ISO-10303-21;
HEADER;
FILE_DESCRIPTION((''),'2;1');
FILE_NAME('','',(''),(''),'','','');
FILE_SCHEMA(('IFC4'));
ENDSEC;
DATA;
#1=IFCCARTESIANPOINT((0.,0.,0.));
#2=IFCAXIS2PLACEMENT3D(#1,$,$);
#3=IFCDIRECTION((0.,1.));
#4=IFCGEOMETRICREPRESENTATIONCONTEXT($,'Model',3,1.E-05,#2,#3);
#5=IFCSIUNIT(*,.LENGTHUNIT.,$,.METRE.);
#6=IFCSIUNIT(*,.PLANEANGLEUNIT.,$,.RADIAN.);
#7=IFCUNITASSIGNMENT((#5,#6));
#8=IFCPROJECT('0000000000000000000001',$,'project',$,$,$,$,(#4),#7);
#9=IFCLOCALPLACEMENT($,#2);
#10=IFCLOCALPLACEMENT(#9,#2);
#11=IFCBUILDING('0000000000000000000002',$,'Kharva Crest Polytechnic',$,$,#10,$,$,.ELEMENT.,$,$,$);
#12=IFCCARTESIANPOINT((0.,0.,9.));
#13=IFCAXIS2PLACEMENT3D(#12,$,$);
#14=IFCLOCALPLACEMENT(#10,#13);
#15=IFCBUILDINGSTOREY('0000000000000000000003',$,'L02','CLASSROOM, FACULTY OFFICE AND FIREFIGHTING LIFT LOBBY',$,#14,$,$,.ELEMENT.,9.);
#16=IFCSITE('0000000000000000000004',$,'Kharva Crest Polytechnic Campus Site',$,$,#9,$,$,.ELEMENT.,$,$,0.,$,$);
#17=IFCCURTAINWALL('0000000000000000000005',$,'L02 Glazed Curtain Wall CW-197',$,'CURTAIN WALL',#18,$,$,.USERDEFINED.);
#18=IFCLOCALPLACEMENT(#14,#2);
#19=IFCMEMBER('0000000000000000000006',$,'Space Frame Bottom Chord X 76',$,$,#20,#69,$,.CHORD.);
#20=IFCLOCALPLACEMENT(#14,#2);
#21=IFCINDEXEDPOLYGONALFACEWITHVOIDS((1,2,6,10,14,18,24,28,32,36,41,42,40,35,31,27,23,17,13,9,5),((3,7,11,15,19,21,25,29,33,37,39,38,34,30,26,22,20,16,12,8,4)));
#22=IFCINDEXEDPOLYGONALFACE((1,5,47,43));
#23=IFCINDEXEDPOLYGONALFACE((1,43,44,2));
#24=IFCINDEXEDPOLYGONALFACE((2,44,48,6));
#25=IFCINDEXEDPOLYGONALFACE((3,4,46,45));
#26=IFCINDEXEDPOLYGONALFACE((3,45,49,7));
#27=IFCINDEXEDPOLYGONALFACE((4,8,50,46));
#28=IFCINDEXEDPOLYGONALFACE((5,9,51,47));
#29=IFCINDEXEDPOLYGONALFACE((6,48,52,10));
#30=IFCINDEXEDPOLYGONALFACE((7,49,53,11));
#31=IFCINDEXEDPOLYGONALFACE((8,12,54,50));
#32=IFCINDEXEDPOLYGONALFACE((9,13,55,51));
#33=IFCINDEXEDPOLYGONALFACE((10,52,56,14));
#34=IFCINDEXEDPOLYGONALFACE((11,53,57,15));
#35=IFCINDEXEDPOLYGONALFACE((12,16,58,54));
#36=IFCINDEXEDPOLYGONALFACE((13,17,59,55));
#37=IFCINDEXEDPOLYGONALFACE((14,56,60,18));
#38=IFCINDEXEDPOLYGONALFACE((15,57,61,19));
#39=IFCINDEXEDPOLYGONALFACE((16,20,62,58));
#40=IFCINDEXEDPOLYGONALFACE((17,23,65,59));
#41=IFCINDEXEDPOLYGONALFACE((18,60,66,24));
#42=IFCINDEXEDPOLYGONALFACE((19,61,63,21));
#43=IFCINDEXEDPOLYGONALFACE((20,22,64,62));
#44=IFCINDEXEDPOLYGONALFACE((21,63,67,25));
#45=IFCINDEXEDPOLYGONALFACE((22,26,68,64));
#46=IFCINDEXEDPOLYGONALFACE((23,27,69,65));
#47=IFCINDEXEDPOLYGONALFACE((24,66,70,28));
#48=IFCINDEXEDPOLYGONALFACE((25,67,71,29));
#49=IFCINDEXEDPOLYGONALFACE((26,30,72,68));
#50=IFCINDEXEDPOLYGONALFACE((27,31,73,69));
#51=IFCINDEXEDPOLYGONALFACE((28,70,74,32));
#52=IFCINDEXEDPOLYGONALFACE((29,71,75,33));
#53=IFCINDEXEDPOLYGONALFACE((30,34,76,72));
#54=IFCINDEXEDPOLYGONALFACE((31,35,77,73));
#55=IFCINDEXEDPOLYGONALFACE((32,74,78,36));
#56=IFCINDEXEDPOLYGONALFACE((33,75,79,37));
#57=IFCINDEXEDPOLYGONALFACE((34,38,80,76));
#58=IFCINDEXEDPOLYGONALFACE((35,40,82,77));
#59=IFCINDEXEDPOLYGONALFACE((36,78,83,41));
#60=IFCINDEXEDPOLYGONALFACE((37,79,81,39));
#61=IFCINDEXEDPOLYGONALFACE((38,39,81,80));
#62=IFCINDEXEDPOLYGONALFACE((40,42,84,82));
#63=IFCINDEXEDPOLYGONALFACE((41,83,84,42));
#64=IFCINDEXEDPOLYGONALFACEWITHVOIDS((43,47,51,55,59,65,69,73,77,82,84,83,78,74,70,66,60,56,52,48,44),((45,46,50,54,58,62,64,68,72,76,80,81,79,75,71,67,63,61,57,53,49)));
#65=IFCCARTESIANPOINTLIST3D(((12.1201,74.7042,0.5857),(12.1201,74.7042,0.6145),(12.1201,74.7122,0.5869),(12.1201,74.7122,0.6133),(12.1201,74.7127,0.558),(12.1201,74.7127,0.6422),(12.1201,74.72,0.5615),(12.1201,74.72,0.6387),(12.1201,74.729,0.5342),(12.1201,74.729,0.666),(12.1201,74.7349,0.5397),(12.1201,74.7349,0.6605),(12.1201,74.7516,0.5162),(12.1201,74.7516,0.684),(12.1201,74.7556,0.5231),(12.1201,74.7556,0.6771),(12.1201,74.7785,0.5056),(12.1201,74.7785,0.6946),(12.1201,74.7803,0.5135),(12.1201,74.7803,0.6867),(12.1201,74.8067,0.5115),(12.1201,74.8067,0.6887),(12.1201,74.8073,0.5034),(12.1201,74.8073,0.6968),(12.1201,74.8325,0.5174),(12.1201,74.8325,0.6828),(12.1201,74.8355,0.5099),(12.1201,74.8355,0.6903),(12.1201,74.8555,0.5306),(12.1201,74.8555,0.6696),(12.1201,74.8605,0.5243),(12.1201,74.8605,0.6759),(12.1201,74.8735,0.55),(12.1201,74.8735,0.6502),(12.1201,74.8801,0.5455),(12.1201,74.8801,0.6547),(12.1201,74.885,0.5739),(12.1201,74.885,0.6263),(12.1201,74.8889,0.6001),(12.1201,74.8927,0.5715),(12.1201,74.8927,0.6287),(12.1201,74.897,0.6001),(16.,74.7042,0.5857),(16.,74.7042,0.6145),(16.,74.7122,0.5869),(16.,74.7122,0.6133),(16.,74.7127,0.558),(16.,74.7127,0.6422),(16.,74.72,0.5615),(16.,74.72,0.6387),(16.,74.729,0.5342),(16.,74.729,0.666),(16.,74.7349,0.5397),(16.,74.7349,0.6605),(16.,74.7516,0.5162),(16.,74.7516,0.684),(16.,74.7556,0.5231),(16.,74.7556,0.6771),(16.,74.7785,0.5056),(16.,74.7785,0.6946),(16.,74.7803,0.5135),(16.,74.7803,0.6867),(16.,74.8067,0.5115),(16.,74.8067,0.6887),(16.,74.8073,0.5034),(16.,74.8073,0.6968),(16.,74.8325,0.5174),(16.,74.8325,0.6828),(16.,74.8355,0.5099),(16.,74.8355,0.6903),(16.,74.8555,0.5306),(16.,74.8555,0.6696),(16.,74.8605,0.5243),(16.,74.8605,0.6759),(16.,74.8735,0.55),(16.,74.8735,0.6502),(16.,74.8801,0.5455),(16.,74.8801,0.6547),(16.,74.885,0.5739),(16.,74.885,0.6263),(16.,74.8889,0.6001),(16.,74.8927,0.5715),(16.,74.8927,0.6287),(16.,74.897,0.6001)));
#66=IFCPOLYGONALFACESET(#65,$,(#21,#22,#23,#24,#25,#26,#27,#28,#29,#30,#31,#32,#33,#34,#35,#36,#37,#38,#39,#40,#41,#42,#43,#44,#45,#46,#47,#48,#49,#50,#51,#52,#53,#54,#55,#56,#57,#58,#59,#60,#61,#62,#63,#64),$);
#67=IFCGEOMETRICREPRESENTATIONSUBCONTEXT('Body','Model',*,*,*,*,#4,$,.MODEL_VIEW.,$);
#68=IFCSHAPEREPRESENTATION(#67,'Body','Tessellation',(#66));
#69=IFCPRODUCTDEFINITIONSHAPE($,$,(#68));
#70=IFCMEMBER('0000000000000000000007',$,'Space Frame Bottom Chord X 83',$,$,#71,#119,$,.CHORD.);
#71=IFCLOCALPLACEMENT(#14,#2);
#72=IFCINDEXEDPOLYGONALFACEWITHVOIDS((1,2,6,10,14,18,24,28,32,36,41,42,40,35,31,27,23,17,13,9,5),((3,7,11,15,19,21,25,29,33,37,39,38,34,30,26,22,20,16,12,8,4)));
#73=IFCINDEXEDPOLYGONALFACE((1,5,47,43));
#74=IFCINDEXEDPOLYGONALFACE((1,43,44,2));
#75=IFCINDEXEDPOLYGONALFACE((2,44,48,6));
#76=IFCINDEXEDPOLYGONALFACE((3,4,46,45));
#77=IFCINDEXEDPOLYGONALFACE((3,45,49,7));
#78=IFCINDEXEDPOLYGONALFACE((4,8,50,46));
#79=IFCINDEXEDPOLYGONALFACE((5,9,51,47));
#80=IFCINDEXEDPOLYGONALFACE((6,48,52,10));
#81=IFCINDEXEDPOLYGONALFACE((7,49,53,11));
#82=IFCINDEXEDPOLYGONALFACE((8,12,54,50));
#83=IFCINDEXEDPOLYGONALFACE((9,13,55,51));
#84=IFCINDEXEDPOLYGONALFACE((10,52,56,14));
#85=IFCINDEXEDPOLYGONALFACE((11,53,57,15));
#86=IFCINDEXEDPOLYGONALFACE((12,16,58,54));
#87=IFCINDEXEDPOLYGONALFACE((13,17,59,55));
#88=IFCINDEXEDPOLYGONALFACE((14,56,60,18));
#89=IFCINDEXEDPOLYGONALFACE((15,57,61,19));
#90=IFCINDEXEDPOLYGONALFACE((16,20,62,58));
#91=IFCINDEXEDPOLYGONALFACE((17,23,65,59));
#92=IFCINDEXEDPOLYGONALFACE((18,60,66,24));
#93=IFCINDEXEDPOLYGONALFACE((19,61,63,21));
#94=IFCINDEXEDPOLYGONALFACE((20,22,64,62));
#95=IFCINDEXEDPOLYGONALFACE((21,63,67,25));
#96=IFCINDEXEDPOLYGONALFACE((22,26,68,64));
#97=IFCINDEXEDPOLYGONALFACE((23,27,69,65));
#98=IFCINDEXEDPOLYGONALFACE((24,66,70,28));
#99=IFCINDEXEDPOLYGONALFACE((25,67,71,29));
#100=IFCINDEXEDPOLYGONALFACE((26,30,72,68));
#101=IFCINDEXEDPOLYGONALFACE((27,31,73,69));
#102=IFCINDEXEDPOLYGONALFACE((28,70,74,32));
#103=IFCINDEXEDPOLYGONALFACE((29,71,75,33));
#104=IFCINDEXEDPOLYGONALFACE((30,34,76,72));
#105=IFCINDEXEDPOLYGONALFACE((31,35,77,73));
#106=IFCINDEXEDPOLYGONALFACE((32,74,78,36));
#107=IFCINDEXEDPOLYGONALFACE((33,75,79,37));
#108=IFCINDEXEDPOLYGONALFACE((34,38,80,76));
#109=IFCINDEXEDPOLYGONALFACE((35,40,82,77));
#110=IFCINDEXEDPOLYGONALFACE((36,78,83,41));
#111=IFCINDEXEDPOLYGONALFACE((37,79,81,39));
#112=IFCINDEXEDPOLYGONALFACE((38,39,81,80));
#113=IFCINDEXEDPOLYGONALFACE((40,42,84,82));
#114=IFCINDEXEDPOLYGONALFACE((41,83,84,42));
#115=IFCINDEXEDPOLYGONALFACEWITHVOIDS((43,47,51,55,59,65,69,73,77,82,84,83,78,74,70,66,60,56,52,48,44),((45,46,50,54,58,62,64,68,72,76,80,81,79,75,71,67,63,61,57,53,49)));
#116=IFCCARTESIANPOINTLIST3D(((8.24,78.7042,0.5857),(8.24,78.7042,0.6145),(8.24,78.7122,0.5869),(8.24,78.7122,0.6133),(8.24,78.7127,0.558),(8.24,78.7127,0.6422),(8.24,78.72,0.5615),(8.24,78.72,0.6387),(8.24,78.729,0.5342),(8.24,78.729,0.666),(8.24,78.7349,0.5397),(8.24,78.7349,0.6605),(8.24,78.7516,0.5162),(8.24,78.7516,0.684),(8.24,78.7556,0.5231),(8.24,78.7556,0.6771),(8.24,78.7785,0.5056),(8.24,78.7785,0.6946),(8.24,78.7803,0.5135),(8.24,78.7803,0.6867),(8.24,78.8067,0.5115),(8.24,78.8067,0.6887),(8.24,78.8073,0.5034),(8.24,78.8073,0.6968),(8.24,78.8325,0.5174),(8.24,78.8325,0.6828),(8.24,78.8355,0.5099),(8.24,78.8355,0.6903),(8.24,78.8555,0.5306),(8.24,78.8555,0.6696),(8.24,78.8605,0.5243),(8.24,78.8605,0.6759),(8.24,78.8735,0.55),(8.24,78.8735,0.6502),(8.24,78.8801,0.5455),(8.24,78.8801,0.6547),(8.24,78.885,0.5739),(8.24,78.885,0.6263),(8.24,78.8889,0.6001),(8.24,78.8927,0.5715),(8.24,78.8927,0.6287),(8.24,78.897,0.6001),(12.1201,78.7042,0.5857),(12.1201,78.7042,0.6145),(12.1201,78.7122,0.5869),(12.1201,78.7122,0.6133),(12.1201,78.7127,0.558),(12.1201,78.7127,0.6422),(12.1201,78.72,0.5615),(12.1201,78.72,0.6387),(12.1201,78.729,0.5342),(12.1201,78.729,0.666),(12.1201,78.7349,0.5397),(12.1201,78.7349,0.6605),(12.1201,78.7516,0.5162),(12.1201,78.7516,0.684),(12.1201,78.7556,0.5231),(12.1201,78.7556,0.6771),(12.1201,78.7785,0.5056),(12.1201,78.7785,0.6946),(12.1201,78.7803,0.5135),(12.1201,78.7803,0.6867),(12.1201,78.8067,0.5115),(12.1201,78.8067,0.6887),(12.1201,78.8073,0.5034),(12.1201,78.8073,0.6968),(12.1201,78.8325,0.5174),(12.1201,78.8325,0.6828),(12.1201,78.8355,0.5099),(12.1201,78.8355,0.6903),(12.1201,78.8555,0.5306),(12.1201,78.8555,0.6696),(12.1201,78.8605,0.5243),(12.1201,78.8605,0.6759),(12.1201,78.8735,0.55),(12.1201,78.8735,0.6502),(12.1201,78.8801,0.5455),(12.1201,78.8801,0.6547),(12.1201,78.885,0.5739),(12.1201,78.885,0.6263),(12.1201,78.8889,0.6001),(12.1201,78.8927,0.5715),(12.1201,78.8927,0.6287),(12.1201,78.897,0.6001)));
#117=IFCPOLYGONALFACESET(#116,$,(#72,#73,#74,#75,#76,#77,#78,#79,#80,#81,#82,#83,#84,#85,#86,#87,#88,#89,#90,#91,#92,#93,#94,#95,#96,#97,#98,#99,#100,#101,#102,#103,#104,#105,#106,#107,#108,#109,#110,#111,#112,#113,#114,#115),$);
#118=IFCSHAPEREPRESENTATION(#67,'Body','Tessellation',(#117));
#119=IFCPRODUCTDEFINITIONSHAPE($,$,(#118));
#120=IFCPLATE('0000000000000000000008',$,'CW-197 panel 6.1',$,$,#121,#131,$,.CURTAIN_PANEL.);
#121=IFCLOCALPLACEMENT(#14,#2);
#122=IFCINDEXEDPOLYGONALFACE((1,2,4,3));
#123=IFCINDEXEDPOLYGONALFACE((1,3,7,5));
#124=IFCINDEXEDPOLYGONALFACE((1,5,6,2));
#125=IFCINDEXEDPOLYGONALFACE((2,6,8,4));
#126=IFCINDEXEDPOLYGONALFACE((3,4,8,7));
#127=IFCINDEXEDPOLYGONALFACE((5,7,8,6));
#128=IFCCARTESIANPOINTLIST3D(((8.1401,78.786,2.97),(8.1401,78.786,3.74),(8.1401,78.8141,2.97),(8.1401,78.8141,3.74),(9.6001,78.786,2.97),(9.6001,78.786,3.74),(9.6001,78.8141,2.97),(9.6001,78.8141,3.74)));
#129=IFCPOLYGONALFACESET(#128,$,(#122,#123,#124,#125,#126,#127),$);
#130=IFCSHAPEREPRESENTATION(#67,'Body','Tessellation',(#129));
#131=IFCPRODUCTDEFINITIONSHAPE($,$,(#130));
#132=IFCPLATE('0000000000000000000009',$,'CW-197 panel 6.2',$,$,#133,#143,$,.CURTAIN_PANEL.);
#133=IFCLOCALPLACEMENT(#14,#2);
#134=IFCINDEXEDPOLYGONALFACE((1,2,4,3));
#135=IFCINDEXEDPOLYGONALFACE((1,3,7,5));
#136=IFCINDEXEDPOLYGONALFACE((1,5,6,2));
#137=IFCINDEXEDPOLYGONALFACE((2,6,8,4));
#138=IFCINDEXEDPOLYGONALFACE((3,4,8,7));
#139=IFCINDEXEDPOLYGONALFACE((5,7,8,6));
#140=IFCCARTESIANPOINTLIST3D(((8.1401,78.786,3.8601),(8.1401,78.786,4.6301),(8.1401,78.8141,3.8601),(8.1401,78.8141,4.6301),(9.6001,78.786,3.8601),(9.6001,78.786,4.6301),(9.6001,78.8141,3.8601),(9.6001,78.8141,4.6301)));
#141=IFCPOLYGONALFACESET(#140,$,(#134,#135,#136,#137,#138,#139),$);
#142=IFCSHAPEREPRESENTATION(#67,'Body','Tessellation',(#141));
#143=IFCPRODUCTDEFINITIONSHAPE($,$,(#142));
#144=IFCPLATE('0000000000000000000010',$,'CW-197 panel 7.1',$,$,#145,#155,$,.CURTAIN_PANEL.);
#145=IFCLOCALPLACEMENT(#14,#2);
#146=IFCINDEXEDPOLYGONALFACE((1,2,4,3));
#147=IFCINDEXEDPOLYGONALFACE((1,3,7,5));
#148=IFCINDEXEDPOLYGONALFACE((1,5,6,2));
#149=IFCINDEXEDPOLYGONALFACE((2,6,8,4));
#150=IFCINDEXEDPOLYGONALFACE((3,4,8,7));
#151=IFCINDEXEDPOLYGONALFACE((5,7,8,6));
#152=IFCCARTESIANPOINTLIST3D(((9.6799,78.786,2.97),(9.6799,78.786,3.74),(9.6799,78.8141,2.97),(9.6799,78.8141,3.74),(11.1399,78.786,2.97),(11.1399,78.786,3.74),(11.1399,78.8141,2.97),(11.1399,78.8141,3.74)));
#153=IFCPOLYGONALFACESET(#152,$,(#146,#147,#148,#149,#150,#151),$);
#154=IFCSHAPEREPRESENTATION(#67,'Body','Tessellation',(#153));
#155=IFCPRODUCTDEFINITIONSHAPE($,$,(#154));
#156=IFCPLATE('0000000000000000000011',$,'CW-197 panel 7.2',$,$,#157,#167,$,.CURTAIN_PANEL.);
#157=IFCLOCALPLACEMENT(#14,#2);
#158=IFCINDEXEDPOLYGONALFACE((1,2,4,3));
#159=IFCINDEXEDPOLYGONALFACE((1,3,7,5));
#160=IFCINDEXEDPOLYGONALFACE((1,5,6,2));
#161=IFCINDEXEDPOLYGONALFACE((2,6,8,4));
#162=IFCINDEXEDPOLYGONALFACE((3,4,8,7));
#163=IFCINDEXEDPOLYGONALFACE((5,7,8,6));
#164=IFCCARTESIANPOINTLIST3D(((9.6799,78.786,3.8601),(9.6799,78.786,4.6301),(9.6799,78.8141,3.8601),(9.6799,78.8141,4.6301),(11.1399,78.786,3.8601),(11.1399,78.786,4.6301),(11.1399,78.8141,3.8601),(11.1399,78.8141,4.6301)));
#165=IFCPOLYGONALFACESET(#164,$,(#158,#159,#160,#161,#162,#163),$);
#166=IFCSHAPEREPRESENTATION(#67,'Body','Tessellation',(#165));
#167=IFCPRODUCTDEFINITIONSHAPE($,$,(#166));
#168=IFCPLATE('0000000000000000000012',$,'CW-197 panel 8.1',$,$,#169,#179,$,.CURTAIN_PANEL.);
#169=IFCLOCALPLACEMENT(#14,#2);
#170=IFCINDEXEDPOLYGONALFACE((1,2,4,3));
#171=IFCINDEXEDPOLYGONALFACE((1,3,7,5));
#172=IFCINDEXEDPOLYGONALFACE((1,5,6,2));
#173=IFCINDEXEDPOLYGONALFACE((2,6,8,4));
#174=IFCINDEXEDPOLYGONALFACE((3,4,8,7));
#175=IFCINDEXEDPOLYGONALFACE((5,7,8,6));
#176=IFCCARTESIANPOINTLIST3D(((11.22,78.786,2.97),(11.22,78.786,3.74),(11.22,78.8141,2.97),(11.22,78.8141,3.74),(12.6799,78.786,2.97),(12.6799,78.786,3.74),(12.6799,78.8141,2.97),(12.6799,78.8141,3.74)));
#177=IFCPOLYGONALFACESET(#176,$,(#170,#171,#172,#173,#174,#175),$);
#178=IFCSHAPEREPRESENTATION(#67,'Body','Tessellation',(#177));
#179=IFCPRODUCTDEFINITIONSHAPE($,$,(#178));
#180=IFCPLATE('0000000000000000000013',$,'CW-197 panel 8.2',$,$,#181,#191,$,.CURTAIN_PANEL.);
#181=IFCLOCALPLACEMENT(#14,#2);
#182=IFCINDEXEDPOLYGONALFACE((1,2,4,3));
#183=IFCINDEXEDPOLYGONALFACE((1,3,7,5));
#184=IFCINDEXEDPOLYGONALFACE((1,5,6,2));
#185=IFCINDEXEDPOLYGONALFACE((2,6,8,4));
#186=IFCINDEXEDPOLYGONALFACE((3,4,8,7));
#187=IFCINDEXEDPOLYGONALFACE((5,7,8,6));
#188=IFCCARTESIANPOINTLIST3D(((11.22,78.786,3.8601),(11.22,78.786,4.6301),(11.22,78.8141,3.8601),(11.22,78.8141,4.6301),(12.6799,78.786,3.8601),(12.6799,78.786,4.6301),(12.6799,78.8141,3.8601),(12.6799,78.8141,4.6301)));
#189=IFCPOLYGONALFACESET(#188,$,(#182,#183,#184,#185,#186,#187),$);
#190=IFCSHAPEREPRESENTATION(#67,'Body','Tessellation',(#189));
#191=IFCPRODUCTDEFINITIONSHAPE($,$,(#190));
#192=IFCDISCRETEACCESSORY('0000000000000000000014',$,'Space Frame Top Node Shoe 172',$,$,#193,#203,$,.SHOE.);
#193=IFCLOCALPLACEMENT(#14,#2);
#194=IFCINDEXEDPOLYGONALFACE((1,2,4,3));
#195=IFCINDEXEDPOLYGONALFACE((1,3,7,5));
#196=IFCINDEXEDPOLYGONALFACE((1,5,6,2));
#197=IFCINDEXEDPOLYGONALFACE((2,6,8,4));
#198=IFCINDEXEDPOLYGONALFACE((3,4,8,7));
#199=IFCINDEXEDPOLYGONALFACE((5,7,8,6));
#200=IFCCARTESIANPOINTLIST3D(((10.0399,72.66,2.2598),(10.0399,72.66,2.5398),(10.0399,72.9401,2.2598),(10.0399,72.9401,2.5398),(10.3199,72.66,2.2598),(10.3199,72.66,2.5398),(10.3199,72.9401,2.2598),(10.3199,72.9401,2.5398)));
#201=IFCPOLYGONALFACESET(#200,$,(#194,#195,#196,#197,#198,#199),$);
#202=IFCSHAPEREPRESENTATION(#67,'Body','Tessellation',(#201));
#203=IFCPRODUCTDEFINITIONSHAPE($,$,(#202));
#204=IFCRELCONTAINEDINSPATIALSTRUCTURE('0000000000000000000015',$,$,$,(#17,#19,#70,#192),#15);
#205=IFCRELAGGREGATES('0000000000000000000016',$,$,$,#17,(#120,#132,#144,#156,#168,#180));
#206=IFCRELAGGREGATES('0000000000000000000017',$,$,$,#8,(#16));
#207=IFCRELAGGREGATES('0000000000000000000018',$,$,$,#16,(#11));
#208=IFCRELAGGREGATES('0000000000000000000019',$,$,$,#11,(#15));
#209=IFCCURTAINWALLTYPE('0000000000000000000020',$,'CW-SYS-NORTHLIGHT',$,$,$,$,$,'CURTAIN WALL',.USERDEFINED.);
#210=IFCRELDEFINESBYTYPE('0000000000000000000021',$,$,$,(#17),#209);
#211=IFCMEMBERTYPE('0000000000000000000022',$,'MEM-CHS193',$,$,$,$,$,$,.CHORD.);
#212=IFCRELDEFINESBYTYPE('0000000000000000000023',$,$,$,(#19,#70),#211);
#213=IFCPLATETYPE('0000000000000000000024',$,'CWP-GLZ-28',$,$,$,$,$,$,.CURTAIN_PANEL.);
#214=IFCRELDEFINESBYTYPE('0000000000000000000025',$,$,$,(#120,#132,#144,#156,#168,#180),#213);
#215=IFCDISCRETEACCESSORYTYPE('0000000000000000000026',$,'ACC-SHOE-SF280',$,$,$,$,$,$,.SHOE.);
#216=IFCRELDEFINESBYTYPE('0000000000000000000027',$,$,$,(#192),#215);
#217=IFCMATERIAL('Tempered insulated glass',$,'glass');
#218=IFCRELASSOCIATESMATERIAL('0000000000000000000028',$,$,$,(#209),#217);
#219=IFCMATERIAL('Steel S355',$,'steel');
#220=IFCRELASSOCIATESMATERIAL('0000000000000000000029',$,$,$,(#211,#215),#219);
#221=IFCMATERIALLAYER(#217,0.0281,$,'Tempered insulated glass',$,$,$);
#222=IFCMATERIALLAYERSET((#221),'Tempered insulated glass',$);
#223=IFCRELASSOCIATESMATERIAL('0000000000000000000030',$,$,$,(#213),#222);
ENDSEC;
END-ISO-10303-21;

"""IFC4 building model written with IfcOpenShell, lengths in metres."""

from ifc_helpers import new_model, si_unit, direction, frame, origin, origin_2d, place, context, subcontext, project, spatial, rectangle, hollow_circle, extrude, material, layer, layer_set, material_profile, profile_set, type_object, element, aggregate, save


model = new_model("IFC4")

# Units and contexts
model_context = context("Model", 3, precision=1e-05, world=origin(), true_north=direction((0.0, 1.0)))
body_context = subcontext(model_context, "Body", "Model", "MODEL_VIEW")
ifc_project = project(units=[si_unit("LENGTHUNIT", "METRE"), si_unit("PLANEANGLEUNIT", "RADIAN")], contexts=[model_context])

# Site, building, storey
site_placement = place(None, origin())
site = spatial("IfcSite", under=ifc_project, at=site_placement, Name="Kharva Crest Polytechnic Campus Site", CompositionType="ELEMENT", RefElevation=0.0)
building_placement = place(site_placement, origin())
building = spatial("IfcBuilding", under=site, at=building_placement, Name="Kharva Crest Polytechnic", CompositionType="ELEMENT")
storey_placement = place(building_placement, frame((0.0, 0.0, 9.0)))
storey = spatial("IfcBuildingStorey", under=building, at=storey_placement, Name="L02", Description="CLASSROOM, FACULTY OFFICE AND FIREFIGHTING LIFT LOBBY", CompositionType="ELEMENT", Elevation=9.0)

# Curtain wall
ifc_material_1 = material(Name="Tempered insulated glass", Category="glass")
curtain_wall_type = type_object("IfcCurtainWallType", Name="CW-SYS-NORTHLIGHT", ElementType="CURTAIN WALL", PredefinedType="USERDEFINED", material=ifc_material_1)
curtain_wall_placement = place(storey_placement, origin())
curtain_wall = element("IfcCurtainWall", 1, at=curtain_wall_placement, inside=storey, type_object=curtain_wall_type, Name="L02 Glazed Curtain Wall CW-197", ObjectType="CURTAIN WALL", PredefinedType="USERDEFINED")
ifc_material_2 = material(Name="Steel S355", Category="steel")

# Members
ifc_material_profile_1 = material_profile(ifc_material_2, hollow_circle(Radius=0.0969, WallThickness=0.0081, at=origin_2d()), Name="CHS 193.7X8.0")
ifc_profile_set_1 = profile_set([ifc_material_profile_1], Name="Steel S355")
member_type_1 = type_object("IfcMemberType", Name="MEM-CHS193", PredefinedType="CHORD", material=ifc_profile_set_1)
member_1_placement = place(storey_placement, frame((12.1201, 74.8, 0.6001), z_axis=(1.0, 0.0, 0.0), x_axis=(0.0, 1.0, 0.0)))
element("IfcMember", 2, at=member_1_placement, inside=storey, type_object=member_type_1, Name="Space Frame Bottom Chord X 76", PredefinedType="CHORD", context=body_context, shape_type="SweptSolid", body=[
    extrude(hollow_circle(Radius=0.0969, WallThickness=0.0081, at=origin_2d()), origin(), (0.0, 0.0, 1.0), 3.8799),
])
member_2_placement = place(storey_placement, frame((8.24, 78.8, 0.6001), z_axis=(1.0, 0.0, 0.0), x_axis=(0.0, 1.0, 0.0)))
element("IfcMember", 3, at=member_2_placement, inside=storey, type_object=member_type_1, Name="Space Frame Bottom Chord X 83", PredefinedType="CHORD", context=body_context, shape_type="SweptSolid", body=[
    extrude(hollow_circle(Radius=0.0969, WallThickness=0.0081, at=origin_2d()), origin(), (0.0, 0.0, 1.0), 3.8801),
])

# Plates
ifc_layer = layer(ifc_material_1, 0.0281, Name="Tempered insulated glass")
ifc_layer_set = layer_set([ifc_layer], Name="Tempered insulated glass")
plate_type = type_object("IfcPlateType", Name="CWP-GLZ-28", PredefinedType="CURTAIN_PANEL", material=ifc_layer_set)
plate_1_placement = place(storey_placement, frame((8.8701, 78.8, 2.97), z_axis=(0.0, 0.0, 1.0), x_axis=(1.0, 0.0, 0.0)))
plate_1 = element("IfcPlate", 4, at=plate_1_placement, type_object=plate_type, Name="CW-197 panel 6.1", PredefinedType="CURTAIN_PANEL", context=body_context, shape_type="SweptSolid", body=[
    extrude(rectangle(XDim=1.46, YDim=0.0281, at=origin_2d()), origin(), (0.0, 0.0, 1.0), 0.77),
])
plate_2_placement = place(storey_placement, frame((8.8701, 78.8, 3.8601), z_axis=(0.0, 0.0, 1.0), x_axis=(1.0, 0.0, 0.0)))
plate_2 = element("IfcPlate", 5, at=plate_2_placement, type_object=plate_type, Name="CW-197 panel 6.2", PredefinedType="CURTAIN_PANEL", context=body_context, shape_type="SweptSolid", body=[
    extrude(rectangle(XDim=1.46, YDim=0.0281, at=origin_2d()), origin(), (0.0, 0.0, 1.0), 0.77),
])
plate_3_placement = place(storey_placement, frame((10.4099, 78.8, 2.97), z_axis=(0.0, 0.0, 1.0), x_axis=(1.0, 0.0, 0.0)))
plate_3 = element("IfcPlate", 6, at=plate_3_placement, type_object=plate_type, Name="CW-197 panel 7.1", PredefinedType="CURTAIN_PANEL", context=body_context, shape_type="SweptSolid", body=[
    extrude(rectangle(XDim=1.46, YDim=0.0281, at=origin_2d()), origin(), (0.0, 0.0, 1.0), 0.77),
])
plate_4_placement = place(storey_placement, frame((10.4099, 78.8, 3.8601), z_axis=(0.0, 0.0, 1.0), x_axis=(1.0, 0.0, 0.0)))
plate_4 = element("IfcPlate", 7, at=plate_4_placement, type_object=plate_type, Name="CW-197 panel 7.2", PredefinedType="CURTAIN_PANEL", context=body_context, shape_type="SweptSolid", body=[
    extrude(rectangle(XDim=1.46, YDim=0.0281, at=origin_2d()), origin(), (0.0, 0.0, 1.0), 0.77),
])
plate_5_placement = place(storey_placement, frame((11.95, 78.8, 2.97), z_axis=(0.0, 0.0, 1.0), x_axis=(1.0, 0.0, 0.0)))
plate_5 = element("IfcPlate", 8, at=plate_5_placement, type_object=plate_type, Name="CW-197 panel 8.1", PredefinedType="CURTAIN_PANEL", context=body_context, shape_type="SweptSolid", body=[
    extrude(rectangle(XDim=1.46, YDim=0.0281, at=origin_2d()), origin(), (0.0, 0.0, 1.0), 0.77),
])
plate_6_placement = place(storey_placement, frame((11.95, 78.8, 3.8601), z_axis=(0.0, 0.0, 1.0), x_axis=(1.0, 0.0, 0.0)))
plate_6 = element("IfcPlate", 9, at=plate_6_placement, type_object=plate_type, Name="CW-197 panel 8.2", PredefinedType="CURTAIN_PANEL", context=body_context, shape_type="SweptSolid", body=[
    extrude(rectangle(XDim=1.46, YDim=0.0281, at=origin_2d()), origin(), (0.0, 0.0, 1.0), 0.77),
])
aggregate(curtain_wall, [plate_1, plate_2, plate_3, plate_4, plate_5, plate_6])

# Discrete accessory
discrete_accessory_type_1 = type_object("IfcDiscreteAccessoryType", Name="ACC-SHOE-SF280", PredefinedType="SHOE", material=ifc_material_2)
for number, where, z_axis, x_axis, name in (
    (10, (10.1799, 72.8, 2.2598), (0.0, 0.0, 1.0), (1.0, 0.0, 0.0), "Space Frame Top Node Shoe 172"),
):
    element("IfcDiscreteAccessory", number, at=place(storey_placement, frame(where, z_axis=z_axis, x_axis=x_axis)), inside=storey, type_object=discrete_accessory_type_1, Name=name, PredefinedType="SHOE", context=body_context, shape_type="SweptSolid", body=[
        extrude(rectangle(XDim=0.28, YDim=0.28, at=origin_2d()), origin(), (0.0, 0.0, 1.0), 0.28),
    ])

save(model, "model.ifc")
